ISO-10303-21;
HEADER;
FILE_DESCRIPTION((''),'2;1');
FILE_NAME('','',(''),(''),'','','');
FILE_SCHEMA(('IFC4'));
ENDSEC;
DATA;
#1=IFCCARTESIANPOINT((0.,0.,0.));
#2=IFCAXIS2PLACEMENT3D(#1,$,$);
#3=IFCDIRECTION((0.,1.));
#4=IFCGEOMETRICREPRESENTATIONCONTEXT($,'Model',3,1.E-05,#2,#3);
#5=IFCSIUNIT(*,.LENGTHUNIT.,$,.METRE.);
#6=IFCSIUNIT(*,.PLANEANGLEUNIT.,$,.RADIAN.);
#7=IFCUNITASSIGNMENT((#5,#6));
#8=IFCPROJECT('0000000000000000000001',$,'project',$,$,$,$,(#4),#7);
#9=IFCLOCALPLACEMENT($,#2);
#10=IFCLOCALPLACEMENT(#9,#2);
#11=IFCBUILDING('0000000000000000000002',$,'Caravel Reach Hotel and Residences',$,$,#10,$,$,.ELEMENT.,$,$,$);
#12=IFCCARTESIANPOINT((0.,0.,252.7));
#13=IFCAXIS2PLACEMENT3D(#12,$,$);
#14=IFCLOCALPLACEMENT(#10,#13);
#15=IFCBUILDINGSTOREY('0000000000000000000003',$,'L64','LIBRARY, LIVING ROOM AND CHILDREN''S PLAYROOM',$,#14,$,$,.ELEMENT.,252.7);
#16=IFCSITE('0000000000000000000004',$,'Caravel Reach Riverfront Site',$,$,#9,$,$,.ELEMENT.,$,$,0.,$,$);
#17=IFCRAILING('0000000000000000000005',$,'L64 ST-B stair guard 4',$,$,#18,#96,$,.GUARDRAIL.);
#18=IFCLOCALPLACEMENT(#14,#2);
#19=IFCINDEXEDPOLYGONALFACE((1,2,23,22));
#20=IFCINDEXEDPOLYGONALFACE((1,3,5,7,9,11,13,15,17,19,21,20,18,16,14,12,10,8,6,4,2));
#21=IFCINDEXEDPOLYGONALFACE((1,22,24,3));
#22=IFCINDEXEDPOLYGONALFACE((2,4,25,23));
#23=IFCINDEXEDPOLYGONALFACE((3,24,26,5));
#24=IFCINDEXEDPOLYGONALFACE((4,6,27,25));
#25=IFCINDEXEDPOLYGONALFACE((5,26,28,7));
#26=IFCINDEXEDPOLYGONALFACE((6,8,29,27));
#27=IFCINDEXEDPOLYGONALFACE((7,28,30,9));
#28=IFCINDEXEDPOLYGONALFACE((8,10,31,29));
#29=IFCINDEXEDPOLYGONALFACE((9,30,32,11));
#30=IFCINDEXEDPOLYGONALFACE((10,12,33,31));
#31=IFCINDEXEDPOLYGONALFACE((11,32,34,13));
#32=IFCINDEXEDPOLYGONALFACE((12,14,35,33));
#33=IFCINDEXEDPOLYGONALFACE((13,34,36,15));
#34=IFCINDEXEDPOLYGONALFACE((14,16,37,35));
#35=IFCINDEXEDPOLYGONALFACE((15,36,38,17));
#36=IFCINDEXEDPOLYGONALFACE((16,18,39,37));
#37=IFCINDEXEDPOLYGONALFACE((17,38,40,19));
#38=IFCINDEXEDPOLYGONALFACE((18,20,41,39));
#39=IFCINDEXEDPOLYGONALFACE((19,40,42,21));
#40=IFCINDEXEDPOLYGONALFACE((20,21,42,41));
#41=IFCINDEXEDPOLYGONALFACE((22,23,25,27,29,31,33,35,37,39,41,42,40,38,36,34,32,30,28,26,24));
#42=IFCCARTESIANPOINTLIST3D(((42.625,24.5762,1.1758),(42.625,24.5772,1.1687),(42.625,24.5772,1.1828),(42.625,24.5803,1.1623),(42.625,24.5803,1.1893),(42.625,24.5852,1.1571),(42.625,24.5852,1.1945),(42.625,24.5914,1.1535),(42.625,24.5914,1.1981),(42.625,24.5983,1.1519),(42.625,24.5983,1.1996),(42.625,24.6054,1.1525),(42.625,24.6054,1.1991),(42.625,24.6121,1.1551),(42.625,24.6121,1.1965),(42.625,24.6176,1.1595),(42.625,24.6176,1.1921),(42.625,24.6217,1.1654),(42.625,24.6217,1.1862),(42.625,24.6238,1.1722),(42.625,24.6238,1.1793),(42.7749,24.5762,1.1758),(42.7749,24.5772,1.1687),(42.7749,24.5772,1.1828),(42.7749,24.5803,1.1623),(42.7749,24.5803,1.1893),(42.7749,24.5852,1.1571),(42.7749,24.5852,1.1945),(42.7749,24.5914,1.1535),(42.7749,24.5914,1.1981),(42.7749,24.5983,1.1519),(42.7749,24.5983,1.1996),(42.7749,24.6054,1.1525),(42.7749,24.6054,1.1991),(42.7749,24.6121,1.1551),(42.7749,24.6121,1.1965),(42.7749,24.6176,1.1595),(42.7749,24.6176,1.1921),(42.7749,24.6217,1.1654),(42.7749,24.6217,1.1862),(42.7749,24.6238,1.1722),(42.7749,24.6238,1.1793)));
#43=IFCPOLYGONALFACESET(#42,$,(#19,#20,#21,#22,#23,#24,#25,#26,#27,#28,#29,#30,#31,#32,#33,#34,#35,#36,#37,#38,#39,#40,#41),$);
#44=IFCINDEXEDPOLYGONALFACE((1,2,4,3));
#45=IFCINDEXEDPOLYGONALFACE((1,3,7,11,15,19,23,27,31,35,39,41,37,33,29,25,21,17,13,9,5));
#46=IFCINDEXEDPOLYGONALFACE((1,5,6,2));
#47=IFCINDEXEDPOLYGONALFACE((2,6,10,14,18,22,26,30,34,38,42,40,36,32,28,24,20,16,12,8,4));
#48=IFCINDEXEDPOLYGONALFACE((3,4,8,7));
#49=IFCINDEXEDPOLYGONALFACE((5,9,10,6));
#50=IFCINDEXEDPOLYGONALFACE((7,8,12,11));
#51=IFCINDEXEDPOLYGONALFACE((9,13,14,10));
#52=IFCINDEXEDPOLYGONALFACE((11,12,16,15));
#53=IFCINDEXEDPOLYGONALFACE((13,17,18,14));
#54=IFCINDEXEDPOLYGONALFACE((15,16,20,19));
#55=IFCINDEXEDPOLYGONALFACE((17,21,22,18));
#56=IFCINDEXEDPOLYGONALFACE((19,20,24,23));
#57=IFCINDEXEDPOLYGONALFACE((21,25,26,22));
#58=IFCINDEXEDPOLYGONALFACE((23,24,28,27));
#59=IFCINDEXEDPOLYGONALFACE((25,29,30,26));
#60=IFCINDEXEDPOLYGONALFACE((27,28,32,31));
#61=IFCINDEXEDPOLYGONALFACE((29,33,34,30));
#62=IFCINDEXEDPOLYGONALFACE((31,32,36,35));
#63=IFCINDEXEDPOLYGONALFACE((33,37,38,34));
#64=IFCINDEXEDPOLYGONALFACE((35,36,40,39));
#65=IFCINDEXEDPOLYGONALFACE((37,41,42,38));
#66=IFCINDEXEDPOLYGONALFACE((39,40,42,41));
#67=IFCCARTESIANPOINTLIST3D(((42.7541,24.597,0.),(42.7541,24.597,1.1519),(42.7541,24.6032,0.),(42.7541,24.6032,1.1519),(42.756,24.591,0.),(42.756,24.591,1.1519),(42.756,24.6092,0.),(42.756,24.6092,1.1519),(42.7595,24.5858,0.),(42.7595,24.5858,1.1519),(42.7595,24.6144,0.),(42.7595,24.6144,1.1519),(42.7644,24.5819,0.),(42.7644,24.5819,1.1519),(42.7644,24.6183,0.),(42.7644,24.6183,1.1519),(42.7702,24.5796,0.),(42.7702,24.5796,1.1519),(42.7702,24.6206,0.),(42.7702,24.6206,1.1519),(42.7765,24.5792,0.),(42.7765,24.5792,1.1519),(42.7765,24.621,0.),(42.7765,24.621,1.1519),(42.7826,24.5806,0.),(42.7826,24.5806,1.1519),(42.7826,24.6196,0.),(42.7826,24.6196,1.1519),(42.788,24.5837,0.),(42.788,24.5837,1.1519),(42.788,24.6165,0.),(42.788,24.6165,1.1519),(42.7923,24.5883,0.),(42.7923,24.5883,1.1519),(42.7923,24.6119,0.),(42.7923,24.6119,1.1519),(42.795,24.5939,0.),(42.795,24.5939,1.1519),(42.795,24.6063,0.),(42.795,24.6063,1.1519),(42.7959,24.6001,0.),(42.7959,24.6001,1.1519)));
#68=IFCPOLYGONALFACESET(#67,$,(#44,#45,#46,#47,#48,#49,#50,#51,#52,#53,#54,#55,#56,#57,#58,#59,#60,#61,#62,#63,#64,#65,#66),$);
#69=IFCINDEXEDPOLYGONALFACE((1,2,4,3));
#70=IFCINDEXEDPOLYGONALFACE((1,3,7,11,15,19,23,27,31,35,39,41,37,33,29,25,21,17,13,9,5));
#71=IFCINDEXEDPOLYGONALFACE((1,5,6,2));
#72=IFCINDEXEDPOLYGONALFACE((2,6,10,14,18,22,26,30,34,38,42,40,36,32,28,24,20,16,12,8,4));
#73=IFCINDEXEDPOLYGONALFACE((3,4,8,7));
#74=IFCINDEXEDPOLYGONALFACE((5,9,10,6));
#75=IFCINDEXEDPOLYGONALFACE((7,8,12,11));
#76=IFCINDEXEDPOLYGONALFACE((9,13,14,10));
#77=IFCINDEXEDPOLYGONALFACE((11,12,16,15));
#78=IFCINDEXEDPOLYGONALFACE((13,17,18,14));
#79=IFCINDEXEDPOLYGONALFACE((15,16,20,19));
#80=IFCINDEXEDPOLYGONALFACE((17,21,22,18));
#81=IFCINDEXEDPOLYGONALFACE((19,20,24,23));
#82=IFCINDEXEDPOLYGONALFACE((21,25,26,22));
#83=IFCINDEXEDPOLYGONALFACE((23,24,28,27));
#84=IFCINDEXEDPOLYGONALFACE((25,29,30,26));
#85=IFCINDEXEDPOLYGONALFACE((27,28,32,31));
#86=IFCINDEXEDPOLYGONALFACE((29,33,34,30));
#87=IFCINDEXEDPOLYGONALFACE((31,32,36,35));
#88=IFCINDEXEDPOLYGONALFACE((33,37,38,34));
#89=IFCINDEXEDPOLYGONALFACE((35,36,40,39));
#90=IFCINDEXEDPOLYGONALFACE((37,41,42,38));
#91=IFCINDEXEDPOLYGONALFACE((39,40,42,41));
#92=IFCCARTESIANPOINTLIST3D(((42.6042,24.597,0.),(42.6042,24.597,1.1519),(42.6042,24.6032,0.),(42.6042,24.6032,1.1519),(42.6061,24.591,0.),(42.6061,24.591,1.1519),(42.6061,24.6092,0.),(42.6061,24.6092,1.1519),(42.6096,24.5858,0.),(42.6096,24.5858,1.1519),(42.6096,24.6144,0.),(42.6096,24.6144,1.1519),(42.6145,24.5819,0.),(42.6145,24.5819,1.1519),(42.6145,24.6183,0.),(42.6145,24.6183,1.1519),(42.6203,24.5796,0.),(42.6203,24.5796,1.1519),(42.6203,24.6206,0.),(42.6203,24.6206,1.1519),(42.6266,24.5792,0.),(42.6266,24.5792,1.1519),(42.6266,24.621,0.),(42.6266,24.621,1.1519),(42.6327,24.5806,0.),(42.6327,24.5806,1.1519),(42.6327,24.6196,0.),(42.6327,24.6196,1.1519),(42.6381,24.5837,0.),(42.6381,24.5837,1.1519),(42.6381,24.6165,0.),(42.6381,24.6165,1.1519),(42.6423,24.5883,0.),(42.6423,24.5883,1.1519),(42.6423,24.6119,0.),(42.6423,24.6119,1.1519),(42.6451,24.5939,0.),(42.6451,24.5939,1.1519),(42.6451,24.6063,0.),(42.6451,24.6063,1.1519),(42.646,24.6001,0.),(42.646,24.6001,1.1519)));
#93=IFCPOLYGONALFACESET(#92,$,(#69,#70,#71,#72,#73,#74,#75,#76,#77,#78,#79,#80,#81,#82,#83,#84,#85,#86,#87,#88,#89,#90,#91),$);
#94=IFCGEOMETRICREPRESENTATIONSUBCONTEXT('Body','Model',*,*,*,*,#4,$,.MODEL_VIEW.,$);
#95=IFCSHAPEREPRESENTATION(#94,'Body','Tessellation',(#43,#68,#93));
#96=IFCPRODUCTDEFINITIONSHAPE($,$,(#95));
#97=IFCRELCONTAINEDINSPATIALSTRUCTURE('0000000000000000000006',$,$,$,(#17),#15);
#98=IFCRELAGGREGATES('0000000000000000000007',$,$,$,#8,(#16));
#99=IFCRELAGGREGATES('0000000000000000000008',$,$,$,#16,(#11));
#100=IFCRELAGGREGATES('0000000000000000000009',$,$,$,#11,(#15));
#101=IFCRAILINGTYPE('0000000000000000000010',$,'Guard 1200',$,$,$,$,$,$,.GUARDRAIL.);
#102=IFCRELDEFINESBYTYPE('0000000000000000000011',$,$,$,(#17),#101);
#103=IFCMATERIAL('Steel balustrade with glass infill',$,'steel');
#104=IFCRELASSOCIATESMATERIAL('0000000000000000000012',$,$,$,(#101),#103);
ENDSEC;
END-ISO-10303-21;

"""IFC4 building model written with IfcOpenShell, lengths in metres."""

from ifc_helpers import new_model, si_unit, direction, frame, origin, origin_2d, place, context, subcontext, project, spatial, circle, extrude, material, type_object, element, save


model = new_model("IFC4")

# Units and contexts
model_context = context("Model", 3, precision=1e-05, world=origin(), true_north=direction((0.0, 1.0)))
body_context = subcontext(model_context, "Body", "Model", "MODEL_VIEW")
ifc_project = project(units=[si_unit("LENGTHUNIT", "METRE"), si_unit("PLANEANGLEUNIT", "RADIAN")], contexts=[model_context])

# Site, building, storey
site_placement = place(None, origin())
site = spatial("IfcSite", under=ifc_project, at=site_placement, Name="Caravel Reach Riverfront Site", CompositionType="ELEMENT", RefElevation=0.0)
building_placement = place(site_placement, origin())
building = spatial("IfcBuilding", under=site, at=building_placement, Name="Caravel Reach Hotel and Residences", CompositionType="ELEMENT")
storey_placement = place(building_placement, frame((0.0, 0.0, 252.7)))
storey = spatial("IfcBuildingStorey", under=building, at=storey_placement, Name="L64", Description="LIBRARY, LIVING ROOM AND CHILDREN'S PLAYROOM", CompositionType="ELEMENT", Elevation=252.7)

# Railing
ifc_material_1 = material(Name="Steel balustrade with glass infill", Category="steel")
railing_type_1 = type_object("IfcRailingType", Name="Guard 1200", PredefinedType="GUARDRAIL", material=ifc_material_1)
railing_1_placement = place(storey_placement, frame((42.7749, 24.6001, 0.0)))
element("IfcRailing", 1, at=railing_1_placement, inside=storey, type_object=railing_type_1, Name="L64 ST-B stair guard 4", PredefinedType="GUARDRAIL", context=body_context, shape_type="SweptSolid", body=[
    extrude(circle(Radius=0.0239, at=origin_2d()), frame((0.0, 0.0, 1.1758), z_axis=(-1.0, 0.0, 0.0), x_axis=(0.0, -1.0, 0.0)), (0.0, 0.0, 1.0), 0.1499),
    extrude(circle(Radius=0.021, at=origin_2d()), origin(), (0.0, 0.0, 1.0), 1.1519),
    extrude(circle(Radius=0.021, at=origin_2d()), frame((-0.1499, 0.0, 0.0)), (0.0, 0.0, 1.0), 1.1519),
])

save(model, "model.ifc")
